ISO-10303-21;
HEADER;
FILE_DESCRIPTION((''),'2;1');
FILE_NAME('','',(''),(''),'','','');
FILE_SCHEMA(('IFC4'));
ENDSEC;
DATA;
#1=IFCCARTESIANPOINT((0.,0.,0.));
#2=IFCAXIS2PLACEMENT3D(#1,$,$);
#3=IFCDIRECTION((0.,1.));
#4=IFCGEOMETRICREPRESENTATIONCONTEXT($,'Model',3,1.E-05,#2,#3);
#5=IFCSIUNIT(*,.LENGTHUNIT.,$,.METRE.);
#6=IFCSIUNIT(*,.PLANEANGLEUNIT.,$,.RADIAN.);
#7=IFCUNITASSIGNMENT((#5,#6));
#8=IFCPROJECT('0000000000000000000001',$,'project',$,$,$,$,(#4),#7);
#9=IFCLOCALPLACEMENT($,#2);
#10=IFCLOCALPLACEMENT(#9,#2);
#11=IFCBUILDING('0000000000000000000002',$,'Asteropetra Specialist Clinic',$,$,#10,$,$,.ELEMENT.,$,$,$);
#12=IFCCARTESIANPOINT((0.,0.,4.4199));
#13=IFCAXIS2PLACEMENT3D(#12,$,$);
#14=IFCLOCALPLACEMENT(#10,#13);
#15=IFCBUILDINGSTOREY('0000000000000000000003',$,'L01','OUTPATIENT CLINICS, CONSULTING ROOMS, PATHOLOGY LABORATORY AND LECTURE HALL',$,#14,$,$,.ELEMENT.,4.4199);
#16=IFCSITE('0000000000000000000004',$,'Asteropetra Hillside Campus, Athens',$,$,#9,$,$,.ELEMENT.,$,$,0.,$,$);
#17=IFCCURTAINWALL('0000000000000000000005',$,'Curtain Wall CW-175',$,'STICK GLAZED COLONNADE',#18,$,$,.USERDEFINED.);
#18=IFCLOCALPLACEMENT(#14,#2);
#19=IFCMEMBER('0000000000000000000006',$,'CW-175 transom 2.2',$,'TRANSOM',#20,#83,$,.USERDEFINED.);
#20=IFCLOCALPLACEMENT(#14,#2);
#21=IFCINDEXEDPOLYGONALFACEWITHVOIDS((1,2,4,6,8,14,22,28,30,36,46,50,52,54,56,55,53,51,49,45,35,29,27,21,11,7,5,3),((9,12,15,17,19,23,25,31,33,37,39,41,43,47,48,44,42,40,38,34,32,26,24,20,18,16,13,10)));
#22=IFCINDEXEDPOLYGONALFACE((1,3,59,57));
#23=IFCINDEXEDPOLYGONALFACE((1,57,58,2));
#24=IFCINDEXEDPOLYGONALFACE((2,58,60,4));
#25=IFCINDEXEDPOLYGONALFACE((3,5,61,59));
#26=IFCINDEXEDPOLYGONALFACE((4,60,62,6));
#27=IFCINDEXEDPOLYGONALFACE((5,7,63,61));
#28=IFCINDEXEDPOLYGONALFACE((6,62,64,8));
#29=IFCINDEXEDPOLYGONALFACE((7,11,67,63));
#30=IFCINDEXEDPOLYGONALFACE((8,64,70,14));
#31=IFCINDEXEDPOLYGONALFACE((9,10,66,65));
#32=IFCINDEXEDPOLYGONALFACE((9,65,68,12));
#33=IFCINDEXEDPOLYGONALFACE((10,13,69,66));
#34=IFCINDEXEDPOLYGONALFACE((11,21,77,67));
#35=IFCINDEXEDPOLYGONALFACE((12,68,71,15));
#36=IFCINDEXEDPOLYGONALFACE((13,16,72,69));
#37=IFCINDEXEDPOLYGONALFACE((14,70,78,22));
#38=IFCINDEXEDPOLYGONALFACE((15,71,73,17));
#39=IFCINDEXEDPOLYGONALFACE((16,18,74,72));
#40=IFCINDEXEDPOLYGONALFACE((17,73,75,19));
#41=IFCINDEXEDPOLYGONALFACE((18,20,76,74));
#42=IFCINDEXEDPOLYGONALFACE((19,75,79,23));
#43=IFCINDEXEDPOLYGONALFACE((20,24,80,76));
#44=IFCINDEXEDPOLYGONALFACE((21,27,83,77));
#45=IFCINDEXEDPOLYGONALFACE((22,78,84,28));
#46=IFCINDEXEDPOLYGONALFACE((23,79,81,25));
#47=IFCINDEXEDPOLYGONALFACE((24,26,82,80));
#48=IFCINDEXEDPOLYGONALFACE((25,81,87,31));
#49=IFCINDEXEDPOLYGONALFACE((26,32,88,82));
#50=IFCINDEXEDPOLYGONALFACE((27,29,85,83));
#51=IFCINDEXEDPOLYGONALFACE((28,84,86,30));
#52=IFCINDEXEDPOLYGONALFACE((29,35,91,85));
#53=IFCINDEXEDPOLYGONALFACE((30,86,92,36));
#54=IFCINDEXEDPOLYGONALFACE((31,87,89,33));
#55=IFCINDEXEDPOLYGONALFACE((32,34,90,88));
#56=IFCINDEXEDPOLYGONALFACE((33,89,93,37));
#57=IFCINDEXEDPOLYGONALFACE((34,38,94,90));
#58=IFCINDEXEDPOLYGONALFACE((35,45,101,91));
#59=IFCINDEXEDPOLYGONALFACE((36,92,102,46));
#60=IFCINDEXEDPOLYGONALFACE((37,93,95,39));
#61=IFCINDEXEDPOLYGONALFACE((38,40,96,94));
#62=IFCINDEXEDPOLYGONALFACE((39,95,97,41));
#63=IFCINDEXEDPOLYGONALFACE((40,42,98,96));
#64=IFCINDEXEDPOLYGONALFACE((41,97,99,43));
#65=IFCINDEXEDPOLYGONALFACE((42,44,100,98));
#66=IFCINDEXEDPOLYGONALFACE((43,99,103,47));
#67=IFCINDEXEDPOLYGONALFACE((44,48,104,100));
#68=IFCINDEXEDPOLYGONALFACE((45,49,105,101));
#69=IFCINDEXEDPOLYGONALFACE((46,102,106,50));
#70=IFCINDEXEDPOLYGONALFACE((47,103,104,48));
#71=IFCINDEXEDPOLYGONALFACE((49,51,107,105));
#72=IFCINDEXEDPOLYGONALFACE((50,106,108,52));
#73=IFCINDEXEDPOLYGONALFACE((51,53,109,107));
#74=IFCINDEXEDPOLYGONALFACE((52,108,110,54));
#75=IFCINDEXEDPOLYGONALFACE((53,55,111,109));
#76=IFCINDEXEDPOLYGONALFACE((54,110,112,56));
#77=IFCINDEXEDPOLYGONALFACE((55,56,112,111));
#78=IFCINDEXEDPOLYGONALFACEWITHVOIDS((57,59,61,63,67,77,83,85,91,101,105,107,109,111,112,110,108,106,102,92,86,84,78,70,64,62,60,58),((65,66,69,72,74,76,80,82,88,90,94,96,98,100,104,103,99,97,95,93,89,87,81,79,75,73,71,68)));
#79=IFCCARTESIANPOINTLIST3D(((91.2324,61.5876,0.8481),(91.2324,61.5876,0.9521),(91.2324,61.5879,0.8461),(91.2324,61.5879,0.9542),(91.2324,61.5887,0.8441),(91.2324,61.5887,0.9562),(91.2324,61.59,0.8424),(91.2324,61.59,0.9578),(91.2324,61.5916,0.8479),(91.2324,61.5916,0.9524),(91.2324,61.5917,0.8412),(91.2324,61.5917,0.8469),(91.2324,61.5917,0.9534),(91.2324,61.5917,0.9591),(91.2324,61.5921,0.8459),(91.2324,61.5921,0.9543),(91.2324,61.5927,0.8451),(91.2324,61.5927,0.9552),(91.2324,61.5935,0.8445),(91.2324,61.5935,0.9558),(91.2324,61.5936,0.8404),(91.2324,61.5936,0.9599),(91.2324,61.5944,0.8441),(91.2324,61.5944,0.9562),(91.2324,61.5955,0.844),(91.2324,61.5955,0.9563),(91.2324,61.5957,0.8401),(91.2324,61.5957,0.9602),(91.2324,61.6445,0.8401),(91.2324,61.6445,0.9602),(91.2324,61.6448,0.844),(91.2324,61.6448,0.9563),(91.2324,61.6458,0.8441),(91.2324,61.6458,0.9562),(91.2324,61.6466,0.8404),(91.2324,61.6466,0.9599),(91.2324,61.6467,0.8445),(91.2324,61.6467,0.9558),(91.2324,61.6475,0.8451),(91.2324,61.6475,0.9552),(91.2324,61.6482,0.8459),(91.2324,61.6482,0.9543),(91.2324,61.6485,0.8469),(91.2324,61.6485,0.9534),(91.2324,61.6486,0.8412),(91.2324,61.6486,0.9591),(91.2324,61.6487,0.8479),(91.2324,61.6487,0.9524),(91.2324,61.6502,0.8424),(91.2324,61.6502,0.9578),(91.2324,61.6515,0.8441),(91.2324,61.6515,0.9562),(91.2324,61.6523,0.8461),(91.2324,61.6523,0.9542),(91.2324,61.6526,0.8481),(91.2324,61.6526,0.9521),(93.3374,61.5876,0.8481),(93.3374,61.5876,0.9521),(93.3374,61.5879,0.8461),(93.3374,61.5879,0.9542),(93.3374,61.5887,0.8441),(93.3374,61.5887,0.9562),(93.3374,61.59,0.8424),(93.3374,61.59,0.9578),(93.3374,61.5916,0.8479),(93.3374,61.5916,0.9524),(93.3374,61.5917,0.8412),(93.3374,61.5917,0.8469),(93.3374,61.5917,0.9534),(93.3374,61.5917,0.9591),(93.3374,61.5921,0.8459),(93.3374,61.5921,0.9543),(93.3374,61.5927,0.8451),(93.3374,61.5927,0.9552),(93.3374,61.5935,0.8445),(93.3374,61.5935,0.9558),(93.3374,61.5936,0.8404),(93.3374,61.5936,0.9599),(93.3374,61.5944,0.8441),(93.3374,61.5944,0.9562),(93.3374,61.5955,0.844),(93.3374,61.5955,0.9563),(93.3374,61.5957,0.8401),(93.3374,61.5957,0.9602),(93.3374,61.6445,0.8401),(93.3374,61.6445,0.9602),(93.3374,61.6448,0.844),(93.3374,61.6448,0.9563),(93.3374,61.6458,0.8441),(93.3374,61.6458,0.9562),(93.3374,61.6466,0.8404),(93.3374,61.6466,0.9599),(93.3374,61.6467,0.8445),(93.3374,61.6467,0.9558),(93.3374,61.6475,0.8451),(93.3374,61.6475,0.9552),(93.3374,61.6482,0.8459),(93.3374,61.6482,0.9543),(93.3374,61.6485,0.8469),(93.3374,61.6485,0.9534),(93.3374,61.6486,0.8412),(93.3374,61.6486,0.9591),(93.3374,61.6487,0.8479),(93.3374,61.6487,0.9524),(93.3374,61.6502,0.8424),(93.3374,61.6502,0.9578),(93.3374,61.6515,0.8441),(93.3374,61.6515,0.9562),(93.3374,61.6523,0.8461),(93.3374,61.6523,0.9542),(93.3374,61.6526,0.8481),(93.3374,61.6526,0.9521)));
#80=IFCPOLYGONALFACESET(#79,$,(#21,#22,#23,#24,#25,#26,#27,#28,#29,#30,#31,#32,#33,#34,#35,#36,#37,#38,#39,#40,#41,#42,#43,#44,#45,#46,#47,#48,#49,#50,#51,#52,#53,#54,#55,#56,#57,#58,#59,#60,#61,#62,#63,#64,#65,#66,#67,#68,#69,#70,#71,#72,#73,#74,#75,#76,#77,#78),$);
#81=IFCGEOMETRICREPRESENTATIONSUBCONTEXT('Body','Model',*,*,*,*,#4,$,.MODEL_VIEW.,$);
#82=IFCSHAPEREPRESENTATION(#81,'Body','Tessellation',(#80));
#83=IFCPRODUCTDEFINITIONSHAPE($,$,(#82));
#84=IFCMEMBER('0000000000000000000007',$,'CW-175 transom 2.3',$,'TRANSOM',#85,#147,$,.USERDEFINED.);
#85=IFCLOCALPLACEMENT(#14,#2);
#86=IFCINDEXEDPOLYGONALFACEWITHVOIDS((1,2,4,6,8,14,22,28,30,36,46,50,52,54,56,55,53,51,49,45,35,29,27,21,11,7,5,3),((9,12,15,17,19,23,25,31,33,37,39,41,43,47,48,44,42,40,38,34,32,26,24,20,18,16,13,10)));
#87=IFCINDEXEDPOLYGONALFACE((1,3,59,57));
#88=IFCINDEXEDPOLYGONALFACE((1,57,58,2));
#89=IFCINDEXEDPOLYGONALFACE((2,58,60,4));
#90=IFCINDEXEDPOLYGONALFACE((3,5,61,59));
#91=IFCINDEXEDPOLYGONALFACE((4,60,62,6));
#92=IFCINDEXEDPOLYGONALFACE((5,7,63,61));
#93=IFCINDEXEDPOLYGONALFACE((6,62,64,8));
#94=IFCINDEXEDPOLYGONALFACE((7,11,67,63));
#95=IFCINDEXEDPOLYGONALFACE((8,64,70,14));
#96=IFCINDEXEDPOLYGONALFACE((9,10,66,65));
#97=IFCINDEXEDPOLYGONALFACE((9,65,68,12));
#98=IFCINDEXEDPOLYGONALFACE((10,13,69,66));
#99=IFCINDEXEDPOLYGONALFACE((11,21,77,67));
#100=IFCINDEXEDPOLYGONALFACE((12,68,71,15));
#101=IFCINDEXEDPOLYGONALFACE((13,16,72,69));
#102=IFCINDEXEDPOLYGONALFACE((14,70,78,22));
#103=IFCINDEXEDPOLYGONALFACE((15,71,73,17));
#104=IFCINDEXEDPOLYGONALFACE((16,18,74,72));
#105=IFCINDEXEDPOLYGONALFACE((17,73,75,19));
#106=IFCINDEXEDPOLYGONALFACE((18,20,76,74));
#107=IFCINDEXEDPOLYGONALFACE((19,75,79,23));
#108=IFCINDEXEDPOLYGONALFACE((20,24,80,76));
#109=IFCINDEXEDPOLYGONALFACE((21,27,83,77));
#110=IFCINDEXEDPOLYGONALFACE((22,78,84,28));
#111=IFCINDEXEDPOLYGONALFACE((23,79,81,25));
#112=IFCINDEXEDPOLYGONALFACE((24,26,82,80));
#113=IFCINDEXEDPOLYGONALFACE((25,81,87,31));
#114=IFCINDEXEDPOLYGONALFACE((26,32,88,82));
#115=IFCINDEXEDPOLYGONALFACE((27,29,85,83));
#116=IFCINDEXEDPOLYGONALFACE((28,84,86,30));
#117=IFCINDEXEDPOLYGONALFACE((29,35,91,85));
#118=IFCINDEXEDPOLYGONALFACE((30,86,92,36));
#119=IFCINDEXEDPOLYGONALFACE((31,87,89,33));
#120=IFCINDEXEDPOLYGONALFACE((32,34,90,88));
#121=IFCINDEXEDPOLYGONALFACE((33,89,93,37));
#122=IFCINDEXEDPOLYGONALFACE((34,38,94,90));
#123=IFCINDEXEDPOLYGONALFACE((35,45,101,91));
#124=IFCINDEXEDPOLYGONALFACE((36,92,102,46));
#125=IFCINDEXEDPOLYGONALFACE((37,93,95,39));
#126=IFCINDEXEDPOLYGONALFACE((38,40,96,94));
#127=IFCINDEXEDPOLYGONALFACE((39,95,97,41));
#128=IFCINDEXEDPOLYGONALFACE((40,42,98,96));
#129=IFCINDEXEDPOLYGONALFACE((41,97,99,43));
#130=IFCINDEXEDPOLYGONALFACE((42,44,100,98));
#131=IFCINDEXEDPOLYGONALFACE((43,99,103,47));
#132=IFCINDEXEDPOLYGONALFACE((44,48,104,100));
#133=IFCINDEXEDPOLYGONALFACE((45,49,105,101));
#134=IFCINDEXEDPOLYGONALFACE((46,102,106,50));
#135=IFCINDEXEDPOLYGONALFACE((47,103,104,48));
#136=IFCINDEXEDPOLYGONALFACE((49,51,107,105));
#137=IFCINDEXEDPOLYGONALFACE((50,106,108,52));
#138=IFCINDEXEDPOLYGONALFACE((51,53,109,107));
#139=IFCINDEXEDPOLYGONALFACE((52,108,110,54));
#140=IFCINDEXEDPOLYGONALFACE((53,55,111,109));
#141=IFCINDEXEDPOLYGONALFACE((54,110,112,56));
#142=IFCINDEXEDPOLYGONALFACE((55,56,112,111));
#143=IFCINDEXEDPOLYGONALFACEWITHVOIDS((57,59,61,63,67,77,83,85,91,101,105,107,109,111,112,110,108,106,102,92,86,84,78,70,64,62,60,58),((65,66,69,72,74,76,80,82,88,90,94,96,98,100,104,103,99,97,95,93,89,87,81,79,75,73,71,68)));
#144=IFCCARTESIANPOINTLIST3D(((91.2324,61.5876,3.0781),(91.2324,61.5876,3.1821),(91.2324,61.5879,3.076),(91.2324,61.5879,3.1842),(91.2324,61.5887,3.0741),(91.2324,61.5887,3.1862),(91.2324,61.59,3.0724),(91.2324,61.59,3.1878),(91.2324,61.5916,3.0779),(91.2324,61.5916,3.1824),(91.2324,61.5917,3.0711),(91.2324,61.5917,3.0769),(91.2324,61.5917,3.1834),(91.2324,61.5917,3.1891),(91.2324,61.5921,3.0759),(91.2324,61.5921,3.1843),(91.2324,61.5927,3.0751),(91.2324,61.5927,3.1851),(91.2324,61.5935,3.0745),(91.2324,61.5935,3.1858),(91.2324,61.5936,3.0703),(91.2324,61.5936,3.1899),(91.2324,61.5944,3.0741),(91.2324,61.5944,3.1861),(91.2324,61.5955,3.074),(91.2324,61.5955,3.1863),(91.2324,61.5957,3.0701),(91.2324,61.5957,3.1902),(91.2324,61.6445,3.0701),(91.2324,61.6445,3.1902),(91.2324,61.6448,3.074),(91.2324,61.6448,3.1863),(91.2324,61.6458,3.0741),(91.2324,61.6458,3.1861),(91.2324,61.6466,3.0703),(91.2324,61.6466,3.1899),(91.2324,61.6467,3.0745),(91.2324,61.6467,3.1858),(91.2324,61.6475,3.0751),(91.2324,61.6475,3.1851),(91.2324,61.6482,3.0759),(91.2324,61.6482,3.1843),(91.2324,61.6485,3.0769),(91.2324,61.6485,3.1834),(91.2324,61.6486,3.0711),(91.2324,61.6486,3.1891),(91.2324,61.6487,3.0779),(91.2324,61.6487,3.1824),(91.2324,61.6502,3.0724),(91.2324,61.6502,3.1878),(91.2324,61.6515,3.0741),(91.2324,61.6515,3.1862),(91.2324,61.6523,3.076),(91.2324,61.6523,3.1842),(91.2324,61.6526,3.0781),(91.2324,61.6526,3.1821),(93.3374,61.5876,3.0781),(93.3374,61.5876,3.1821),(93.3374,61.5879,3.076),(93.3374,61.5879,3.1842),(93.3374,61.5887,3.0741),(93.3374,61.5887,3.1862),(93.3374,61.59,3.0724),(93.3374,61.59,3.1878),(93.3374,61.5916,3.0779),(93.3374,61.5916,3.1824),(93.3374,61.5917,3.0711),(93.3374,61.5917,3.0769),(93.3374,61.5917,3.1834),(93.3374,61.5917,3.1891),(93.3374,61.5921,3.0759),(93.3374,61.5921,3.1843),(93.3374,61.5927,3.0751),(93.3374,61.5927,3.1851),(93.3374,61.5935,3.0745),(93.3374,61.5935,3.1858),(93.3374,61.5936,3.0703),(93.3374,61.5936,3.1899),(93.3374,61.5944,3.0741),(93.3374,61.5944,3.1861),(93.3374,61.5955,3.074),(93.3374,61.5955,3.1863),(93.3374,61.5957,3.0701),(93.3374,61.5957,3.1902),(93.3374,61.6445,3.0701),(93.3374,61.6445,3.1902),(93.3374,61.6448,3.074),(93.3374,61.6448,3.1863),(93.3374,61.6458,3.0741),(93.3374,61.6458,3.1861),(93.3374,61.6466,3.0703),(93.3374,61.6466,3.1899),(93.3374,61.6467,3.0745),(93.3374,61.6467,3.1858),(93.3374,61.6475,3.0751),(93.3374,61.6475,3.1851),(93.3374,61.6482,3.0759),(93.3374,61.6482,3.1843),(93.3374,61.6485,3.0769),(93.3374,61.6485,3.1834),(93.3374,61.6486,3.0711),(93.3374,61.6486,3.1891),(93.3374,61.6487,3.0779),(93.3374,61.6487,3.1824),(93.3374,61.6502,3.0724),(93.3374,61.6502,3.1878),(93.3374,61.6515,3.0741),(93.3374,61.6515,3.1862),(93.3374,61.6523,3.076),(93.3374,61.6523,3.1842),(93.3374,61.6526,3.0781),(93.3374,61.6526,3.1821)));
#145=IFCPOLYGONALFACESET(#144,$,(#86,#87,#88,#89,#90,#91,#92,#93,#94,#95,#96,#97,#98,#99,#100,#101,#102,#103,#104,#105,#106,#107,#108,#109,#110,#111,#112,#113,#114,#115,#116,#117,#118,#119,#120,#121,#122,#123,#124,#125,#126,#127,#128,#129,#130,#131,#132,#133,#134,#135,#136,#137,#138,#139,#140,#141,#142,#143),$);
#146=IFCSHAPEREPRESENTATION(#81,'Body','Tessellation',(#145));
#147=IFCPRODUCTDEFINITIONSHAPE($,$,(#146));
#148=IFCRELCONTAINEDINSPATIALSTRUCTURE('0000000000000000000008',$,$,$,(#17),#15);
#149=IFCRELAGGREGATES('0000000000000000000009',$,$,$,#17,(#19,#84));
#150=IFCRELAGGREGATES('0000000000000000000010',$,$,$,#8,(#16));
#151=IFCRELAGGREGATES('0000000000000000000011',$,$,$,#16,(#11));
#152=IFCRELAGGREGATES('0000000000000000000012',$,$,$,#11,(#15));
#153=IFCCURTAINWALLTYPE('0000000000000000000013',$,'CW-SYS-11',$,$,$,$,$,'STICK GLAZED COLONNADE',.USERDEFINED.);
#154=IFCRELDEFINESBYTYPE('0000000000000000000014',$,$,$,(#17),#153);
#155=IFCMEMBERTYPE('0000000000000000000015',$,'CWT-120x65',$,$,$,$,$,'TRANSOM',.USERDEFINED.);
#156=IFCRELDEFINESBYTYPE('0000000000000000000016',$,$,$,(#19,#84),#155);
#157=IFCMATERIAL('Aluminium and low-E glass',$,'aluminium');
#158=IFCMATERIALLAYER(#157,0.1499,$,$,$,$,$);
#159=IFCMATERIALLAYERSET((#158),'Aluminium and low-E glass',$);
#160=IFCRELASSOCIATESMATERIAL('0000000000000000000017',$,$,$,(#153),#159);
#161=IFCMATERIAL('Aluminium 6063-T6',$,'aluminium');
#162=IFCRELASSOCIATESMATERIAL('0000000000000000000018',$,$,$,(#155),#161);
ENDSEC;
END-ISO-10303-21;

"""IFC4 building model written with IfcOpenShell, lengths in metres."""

from ifc_helpers import new_model, si_unit, direction, frame, origin, origin_2d, place, context, subcontext, project, spatial, hollow_rectangle, extrude, material, layer, layer_set, material_profile, profile_set, type_object, element, aggregate, save


model = new_model("IFC4")

# Units and contexts
model_context = context("Model", 3, precision=1e-05, world=origin(), true_north=direction((0.0, 1.0)))
body_context = subcontext(model_context, "Body", "Model", "MODEL_VIEW")
ifc_project = project(units=[si_unit("LENGTHUNIT", "METRE"), si_unit("PLANEANGLEUNIT", "RADIAN")], contexts=[model_context])

# Site, building, storey
site_placement = place(None, origin())
site = spatial("IfcSite", under=ifc_project, at=site_placement, Name="Asteropetra Hillside Campus, Athens", CompositionType="ELEMENT", RefElevation=0.0)
building_placement = place(site_placement, origin())
building = spatial("IfcBuilding", under=site, at=building_placement, Name="Asteropetra Specialist Clinic", CompositionType="ELEMENT")
storey_placement = place(building_placement, frame((0.0, 0.0, 4.4199)))
storey = spatial("IfcBuildingStorey", under=building, at=storey_placement, Name="L01", Description="OUTPATIENT CLINICS, CONSULTING ROOMS, PATHOLOGY LABORATORY AND LECTURE HALL", CompositionType="ELEMENT", Elevation=4.4199)

# Curtain wall, members
ifc_material_1 = material(Name="Aluminium and low-E glass", Category="aluminium")
ifc_layer_1 = layer(ifc_material_1, 0.1499)
ifc_layer_set_1 = layer_set([ifc_layer_1], Name="Aluminium and low-E glass")
curtain_wall_type = type_object("IfcCurtainWallType", Name="CW-SYS-11", ElementType="STICK GLAZED COLONNADE", PredefinedType="USERDEFINED", material=ifc_layer_set_1)
curtain_wall_placement = place(storey_placement, origin())
curtain_wall = element("IfcCurtainWall", 1, at=curtain_wall_placement, inside=storey, type_object=curtain_wall_type, Name="Curtain Wall CW-175", ObjectType="STICK GLAZED COLONNADE", PredefinedType="USERDEFINED")
ifc_material_2 = material(Name="Aluminium 6063-T6", Category="aluminium")
ifc_material_profile_1 = material_profile(ifc_material_2, hollow_rectangle(XDim=0.0649, YDim=0.1201, WallThickness=0.0039, InnerFilletRadius=0.0039, OuterFilletRadius=0.0081, at=origin_2d()), Name="TRN 120x65x4.0")
ifc_profile_set_1 = profile_set([ifc_material_profile_1], Name="Aluminium 6063-T6")
member_type_1 = type_object("IfcMemberType", Name="CWT-120x65", ElementType="TRANSOM", PredefinedType="USERDEFINED", material=ifc_profile_set_1)
member_1_placement = place(storey_placement, frame((93.3374, 61.6201, 0.9001), z_axis=(-1.0, 0.0, 0.0), x_axis=(0.0, -1.0, 0.0)))
member_1 = element("IfcMember", 2, at=member_1_placement, type_object=member_type_1, Name="CW-175 transom 2.2", ObjectType="TRANSOM", PredefinedType="USERDEFINED", context=body_context, shape_type="SweptSolid", body=[
    extrude(hollow_rectangle(XDim=0.0649, YDim=0.1201, WallThickness=0.0039, InnerFilletRadius=0.0039, OuterFilletRadius=0.0081, at=origin_2d()), origin(), (0.0, 0.0, 1.0), 2.105),
])
member_2_placement = place(storey_placement, frame((93.3374, 61.6201, 3.1301), z_axis=(-1.0, 0.0, 0.0), x_axis=(0.0, -1.0, 0.0)))
member_2 = element("IfcMember", 3, at=member_2_placement, type_object=member_type_1, Name="CW-175 transom 2.3", ObjectType="TRANSOM", PredefinedType="USERDEFINED", context=body_context, shape_type="SweptSolid", body=[
    extrude(hollow_rectangle(XDim=0.0649, YDim=0.1201, WallThickness=0.0039, InnerFilletRadius=0.0039, OuterFilletRadius=0.0081, at=origin_2d()), origin(), (0.0, 0.0, 1.0), 2.105),
])
aggregate(curtain_wall, [member_1, member_2])

save(model, "model.ifc")
